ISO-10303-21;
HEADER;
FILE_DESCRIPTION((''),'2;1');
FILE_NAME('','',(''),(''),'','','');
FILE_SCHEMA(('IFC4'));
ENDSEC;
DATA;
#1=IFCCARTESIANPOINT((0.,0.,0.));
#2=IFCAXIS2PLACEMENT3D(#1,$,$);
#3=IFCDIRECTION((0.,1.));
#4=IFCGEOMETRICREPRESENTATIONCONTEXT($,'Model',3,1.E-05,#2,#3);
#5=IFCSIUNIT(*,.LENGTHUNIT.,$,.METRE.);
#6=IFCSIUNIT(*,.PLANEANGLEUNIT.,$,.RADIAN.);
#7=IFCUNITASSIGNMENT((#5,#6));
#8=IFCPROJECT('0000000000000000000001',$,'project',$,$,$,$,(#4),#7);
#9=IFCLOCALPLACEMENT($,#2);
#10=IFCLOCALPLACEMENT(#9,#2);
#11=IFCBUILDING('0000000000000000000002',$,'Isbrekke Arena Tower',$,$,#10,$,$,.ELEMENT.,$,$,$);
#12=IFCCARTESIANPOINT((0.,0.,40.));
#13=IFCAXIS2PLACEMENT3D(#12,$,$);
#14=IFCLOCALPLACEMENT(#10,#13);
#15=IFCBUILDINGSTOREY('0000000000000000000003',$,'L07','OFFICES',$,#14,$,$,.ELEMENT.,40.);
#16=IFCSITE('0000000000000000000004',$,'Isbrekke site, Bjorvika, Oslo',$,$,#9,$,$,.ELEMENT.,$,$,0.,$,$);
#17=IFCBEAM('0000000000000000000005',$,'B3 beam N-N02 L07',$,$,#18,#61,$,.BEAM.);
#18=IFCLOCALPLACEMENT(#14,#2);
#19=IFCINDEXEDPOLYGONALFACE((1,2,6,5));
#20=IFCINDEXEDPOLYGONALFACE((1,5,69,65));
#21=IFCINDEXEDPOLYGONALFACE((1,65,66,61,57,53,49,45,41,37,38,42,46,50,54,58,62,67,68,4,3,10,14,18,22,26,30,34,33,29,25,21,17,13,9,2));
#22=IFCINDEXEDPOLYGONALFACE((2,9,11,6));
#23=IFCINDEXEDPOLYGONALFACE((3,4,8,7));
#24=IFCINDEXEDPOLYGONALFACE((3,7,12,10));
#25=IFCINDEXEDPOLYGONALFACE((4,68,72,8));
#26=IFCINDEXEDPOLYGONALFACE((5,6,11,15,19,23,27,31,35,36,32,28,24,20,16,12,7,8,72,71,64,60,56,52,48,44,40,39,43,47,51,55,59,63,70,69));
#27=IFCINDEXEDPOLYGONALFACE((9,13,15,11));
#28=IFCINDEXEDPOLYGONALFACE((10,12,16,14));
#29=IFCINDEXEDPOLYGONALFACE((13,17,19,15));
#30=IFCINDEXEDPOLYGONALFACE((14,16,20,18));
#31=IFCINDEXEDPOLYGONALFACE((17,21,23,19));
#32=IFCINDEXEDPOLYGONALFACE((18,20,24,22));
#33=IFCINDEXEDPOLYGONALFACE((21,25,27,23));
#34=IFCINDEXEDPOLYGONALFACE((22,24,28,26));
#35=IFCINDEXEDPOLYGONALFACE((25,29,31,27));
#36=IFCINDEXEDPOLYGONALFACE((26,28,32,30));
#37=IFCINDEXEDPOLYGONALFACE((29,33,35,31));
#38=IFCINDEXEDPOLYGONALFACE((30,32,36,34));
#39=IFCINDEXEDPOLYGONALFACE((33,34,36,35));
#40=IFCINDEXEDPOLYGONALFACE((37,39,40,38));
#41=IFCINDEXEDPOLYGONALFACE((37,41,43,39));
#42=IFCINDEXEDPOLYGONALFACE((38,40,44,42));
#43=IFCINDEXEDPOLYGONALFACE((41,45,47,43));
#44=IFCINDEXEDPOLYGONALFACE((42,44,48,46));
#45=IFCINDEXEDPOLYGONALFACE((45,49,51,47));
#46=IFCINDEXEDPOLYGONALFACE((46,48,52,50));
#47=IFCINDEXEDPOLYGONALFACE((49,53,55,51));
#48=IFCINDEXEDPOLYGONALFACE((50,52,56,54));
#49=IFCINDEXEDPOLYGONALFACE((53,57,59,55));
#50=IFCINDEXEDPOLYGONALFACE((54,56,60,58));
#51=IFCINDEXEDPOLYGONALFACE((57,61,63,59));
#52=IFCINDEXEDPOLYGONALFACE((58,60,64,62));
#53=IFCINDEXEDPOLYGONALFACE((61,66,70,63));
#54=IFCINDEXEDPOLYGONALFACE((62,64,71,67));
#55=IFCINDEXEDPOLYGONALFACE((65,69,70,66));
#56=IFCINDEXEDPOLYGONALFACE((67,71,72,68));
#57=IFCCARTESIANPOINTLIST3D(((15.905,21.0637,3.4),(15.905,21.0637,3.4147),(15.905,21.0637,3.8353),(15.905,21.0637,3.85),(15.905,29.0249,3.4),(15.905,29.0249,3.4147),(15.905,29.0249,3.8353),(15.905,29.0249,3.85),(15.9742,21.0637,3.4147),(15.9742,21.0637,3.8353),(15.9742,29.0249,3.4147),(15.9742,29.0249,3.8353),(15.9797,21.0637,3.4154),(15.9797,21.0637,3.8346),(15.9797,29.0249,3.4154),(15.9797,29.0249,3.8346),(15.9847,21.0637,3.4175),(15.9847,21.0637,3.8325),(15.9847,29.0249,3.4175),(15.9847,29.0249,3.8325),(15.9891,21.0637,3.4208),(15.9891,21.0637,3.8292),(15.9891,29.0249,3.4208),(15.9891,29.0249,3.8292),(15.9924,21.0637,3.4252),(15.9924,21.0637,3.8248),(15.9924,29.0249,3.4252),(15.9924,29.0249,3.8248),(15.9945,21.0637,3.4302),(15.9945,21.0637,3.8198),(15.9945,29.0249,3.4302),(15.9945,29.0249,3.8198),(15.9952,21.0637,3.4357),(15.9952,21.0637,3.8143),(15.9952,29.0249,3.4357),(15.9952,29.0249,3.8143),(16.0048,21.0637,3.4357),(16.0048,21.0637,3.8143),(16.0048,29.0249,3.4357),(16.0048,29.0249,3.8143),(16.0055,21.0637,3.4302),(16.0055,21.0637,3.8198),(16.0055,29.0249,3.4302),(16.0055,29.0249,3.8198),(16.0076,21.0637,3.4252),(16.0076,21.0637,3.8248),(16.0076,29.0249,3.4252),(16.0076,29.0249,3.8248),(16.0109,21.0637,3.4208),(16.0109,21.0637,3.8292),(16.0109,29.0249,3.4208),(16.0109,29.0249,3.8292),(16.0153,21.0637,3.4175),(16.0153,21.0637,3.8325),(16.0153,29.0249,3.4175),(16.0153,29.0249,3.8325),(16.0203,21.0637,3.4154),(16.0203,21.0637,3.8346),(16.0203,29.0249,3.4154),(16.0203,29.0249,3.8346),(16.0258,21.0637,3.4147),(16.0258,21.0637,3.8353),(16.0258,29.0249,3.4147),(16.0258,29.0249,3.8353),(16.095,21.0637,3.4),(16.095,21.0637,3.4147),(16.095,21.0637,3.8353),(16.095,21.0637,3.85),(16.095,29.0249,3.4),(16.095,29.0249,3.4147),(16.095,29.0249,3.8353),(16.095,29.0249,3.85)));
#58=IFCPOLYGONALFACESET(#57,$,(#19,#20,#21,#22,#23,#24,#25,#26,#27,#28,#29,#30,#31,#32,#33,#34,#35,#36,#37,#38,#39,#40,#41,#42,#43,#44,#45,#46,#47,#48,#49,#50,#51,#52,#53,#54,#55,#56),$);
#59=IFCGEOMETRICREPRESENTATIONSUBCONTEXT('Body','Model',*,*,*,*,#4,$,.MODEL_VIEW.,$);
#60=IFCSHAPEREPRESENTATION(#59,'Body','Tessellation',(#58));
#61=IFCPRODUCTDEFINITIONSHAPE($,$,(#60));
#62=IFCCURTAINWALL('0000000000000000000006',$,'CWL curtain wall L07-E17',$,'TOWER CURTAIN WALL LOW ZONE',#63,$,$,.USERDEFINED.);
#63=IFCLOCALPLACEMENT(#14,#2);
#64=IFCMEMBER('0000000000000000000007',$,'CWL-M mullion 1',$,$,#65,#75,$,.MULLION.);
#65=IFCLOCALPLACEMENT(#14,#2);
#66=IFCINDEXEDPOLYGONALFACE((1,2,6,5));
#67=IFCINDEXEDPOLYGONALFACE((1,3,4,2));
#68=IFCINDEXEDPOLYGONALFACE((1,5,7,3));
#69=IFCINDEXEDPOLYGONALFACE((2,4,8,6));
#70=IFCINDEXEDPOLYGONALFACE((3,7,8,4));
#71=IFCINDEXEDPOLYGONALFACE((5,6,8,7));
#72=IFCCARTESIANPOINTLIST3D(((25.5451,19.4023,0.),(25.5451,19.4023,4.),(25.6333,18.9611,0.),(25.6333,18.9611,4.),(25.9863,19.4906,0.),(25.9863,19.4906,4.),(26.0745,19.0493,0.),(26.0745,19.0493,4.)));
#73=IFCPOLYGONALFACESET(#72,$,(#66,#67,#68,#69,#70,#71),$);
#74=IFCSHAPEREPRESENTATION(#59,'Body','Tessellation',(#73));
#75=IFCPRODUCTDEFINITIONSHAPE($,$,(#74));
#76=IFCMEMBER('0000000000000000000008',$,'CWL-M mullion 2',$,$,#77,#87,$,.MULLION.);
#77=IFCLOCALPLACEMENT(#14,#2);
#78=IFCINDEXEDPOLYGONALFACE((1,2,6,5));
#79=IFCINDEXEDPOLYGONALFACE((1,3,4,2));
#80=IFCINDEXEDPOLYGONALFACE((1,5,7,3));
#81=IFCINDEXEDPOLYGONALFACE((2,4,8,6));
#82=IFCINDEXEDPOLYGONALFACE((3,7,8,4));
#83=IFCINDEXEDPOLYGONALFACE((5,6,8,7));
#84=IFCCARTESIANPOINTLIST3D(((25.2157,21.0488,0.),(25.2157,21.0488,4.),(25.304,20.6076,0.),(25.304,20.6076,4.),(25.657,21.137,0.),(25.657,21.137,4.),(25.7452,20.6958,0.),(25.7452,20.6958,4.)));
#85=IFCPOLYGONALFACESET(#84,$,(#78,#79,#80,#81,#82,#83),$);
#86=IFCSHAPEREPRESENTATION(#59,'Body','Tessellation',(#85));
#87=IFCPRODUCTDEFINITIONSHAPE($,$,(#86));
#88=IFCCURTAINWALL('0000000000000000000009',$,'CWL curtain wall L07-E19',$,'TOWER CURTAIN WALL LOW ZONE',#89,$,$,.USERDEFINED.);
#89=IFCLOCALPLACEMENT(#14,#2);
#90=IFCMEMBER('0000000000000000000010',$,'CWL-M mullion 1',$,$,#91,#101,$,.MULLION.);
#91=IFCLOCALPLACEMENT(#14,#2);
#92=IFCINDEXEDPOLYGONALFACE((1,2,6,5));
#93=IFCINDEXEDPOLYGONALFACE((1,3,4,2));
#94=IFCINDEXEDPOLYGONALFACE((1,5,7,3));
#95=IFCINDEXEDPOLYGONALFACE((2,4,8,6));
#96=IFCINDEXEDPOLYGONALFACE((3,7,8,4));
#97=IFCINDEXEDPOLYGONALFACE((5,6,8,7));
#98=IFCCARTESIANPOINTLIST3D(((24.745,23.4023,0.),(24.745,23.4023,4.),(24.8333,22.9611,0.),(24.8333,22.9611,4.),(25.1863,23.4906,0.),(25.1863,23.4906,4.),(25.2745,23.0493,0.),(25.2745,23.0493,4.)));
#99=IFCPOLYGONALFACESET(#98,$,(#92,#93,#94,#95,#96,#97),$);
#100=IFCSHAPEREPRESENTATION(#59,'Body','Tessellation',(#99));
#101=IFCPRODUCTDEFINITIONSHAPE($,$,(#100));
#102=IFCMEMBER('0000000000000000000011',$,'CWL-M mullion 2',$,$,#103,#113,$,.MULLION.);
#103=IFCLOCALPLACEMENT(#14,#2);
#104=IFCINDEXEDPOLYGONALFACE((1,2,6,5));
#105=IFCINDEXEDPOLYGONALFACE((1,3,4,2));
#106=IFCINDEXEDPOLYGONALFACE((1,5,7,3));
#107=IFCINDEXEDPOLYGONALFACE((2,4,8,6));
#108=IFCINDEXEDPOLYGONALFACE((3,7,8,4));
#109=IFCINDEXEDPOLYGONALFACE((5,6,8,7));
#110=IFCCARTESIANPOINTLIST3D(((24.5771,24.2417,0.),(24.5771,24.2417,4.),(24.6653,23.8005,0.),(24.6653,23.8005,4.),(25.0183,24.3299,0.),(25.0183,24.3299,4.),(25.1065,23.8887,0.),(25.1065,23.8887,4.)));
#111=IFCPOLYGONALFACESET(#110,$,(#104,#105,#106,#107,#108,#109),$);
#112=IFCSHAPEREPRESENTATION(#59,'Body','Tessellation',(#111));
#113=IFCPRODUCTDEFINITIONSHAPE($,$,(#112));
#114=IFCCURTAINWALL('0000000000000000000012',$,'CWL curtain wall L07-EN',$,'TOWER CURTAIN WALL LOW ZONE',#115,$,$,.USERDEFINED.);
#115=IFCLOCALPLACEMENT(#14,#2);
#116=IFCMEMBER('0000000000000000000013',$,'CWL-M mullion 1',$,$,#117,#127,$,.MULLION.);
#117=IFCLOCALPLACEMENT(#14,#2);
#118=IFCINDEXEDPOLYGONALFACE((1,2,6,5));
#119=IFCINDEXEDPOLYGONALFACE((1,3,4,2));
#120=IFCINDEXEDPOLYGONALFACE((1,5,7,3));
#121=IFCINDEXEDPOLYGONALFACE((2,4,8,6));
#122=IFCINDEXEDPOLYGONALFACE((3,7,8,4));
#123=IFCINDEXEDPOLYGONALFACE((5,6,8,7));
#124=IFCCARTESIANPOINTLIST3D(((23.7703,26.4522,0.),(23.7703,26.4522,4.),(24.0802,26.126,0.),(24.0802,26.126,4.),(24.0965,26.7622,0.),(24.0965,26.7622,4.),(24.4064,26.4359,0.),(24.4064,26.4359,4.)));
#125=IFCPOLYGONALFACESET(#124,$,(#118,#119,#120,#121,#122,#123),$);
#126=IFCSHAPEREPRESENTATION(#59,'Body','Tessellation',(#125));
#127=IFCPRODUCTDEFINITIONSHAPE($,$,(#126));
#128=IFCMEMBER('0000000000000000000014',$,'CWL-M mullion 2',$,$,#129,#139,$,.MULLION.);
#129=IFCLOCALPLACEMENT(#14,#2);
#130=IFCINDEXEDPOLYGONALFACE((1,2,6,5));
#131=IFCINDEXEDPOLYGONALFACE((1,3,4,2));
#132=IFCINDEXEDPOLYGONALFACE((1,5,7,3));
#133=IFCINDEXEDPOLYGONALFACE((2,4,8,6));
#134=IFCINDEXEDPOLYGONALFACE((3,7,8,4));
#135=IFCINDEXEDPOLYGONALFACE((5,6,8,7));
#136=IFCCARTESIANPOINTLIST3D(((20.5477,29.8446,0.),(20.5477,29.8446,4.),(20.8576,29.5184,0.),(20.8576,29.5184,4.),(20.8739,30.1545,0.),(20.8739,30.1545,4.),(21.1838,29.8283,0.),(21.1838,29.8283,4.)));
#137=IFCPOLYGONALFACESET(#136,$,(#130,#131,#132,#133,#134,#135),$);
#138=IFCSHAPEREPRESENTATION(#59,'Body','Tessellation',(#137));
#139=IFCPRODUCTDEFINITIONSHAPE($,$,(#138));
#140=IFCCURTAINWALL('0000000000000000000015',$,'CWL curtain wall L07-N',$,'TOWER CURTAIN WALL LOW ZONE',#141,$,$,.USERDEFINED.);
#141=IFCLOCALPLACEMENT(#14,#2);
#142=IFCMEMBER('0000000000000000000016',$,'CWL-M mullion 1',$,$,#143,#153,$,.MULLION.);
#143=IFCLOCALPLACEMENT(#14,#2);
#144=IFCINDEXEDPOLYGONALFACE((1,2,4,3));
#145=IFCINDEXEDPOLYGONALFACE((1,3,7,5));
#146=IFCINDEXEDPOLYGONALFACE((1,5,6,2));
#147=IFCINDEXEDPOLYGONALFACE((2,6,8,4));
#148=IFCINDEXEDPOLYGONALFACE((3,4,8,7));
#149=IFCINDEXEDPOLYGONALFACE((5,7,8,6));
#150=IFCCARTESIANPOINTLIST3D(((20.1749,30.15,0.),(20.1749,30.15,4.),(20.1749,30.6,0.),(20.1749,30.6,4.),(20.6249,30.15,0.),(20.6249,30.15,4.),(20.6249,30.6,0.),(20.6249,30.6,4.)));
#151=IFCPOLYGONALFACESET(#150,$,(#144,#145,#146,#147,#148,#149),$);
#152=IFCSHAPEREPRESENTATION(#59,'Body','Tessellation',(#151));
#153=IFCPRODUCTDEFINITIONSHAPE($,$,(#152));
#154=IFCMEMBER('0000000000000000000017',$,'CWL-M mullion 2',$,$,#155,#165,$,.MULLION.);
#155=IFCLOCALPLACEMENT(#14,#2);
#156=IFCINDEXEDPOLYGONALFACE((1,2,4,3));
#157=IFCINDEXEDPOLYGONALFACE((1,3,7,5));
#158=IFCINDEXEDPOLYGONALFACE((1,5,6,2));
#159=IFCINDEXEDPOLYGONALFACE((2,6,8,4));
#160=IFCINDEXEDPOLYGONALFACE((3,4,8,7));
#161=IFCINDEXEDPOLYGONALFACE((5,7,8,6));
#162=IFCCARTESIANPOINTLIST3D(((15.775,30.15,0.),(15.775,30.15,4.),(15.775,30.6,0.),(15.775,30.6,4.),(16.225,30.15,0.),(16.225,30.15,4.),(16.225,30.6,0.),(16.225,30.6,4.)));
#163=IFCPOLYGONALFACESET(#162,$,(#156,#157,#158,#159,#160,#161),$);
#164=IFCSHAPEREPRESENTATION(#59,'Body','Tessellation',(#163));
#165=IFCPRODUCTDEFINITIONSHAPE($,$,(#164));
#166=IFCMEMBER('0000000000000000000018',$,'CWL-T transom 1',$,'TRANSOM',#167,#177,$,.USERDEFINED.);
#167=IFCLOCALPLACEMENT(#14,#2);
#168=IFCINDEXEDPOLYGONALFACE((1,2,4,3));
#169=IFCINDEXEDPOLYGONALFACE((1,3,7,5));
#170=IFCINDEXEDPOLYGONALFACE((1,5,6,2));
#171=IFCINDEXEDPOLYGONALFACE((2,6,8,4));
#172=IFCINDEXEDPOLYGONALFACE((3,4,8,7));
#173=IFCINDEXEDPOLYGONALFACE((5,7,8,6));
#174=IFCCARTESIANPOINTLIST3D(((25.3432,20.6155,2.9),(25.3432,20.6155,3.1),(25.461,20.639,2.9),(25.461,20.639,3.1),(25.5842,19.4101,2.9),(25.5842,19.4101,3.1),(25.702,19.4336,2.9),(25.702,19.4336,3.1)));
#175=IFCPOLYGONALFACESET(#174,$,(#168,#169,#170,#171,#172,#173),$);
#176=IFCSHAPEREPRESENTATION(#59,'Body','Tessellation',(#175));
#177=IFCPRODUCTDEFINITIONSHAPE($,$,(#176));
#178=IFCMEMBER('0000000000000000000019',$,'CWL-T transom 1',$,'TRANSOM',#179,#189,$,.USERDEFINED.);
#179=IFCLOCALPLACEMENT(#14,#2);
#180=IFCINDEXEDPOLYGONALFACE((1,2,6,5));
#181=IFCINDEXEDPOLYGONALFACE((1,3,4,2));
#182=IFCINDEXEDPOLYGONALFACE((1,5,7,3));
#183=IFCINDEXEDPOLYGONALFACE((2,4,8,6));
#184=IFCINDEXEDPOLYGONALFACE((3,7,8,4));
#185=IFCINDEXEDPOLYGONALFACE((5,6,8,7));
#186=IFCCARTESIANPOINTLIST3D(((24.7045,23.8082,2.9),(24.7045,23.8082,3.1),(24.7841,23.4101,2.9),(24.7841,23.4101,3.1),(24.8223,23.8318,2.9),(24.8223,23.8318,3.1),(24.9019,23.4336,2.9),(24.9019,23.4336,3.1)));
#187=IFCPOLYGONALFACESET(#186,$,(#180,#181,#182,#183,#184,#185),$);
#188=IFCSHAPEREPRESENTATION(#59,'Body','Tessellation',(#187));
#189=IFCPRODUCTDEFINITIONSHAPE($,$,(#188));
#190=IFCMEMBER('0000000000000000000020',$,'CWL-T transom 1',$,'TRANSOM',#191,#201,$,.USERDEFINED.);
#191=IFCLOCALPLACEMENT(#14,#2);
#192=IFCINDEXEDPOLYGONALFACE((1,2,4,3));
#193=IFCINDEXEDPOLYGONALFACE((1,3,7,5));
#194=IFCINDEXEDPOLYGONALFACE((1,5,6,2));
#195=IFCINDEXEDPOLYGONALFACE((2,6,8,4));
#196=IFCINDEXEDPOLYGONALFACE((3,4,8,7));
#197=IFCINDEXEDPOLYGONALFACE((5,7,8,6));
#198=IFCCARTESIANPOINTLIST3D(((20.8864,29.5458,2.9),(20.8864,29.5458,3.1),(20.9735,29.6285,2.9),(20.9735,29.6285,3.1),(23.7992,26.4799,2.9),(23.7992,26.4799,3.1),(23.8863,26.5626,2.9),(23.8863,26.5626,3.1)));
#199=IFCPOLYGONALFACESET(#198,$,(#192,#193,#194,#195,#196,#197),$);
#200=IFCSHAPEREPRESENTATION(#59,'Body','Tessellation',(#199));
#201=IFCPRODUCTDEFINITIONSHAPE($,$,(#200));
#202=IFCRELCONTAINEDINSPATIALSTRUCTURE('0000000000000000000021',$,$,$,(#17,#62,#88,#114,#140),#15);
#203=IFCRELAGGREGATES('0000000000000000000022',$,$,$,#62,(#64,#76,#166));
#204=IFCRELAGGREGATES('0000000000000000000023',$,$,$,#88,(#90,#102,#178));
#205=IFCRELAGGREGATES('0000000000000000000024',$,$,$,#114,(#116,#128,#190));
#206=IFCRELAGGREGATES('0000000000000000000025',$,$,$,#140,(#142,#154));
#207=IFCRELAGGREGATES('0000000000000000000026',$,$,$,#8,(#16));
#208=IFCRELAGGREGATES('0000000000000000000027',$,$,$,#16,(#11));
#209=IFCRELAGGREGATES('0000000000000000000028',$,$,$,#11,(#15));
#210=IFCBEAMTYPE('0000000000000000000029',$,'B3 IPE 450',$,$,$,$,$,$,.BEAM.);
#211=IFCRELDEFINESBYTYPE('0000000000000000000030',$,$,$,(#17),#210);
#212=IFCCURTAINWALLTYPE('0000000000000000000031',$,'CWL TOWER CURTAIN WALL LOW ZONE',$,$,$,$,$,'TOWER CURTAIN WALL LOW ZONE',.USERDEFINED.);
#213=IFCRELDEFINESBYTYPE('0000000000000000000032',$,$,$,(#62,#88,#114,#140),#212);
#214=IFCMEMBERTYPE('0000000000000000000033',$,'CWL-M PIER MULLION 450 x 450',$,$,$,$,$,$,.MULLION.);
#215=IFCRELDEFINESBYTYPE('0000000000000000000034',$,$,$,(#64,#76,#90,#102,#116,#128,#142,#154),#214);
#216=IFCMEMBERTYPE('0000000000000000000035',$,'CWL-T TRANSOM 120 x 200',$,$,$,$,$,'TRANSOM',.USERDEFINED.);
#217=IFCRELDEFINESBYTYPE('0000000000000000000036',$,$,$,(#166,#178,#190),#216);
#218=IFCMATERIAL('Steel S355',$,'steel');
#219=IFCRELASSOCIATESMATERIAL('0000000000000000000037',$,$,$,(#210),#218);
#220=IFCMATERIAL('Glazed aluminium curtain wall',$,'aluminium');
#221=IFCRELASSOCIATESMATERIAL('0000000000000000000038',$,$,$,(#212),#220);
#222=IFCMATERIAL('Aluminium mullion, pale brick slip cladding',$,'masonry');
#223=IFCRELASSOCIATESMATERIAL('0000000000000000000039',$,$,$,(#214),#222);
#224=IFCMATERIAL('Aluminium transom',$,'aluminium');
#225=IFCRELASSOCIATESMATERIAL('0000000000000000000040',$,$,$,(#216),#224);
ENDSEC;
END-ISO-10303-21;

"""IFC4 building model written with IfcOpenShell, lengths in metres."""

from ifc_helpers import new_model, si_unit, direction, frame, origin, origin_2d, place, context, subcontext, project, spatial, rectangle, i_section, extrude, material, material_profile, profile_set, type_object, element, aggregate, save


model = new_model("IFC4")

# Units and contexts
model_context = context("Model", 3, precision=1e-05, world=origin(), true_north=direction((0.0, 1.0)))
body_context = subcontext(model_context, "Body", "Model", "MODEL_VIEW")
ifc_project = project(units=[si_unit("LENGTHUNIT", "METRE"), si_unit("PLANEANGLEUNIT", "RADIAN")], contexts=[model_context])

# Site, building, storey
site_placement = place(None, origin())
site = spatial("IfcSite", under=ifc_project, at=site_placement, Name="Isbrekke site, Bjorvika, Oslo", CompositionType="ELEMENT", RefElevation=0.0)
building_placement = place(site_placement, origin())
building = spatial("IfcBuilding", under=site, at=building_placement, Name="Isbrekke Arena Tower", CompositionType="ELEMENT")
storey_placement = place(building_placement, frame((0.0, 0.0, 40.0)))
storey = spatial("IfcBuildingStorey", under=building, at=storey_placement, Name="L07", Description="OFFICES", CompositionType="ELEMENT", Elevation=40.0)

# Beam
ifc_material_1 = material(Name="Steel S355", Category="steel")
ifc_material_profile_1 = material_profile(ifc_material_1, i_section(OverallWidth=0.1899, OverallDepth=0.45, WebThickness=0.0095, FlangeThickness=0.0146, FilletRadius=0.021, at=origin_2d()), Name="IPE 450")
ifc_profile_set_1 = profile_set([ifc_material_profile_1], Name="Steel S355")
beam_type_1 = type_object("IfcBeamType", Name="B3 IPE 450", PredefinedType="BEAM", material=ifc_profile_set_1)
beam_1_placement = place(storey_placement, frame((16.0, 29.0249, 3.625), z_axis=(0.0, -1.0, 0.0), x_axis=(1.0, 0.0, 0.0)))
element("IfcBeam", 1, at=beam_1_placement, inside=storey, type_object=beam_type_1, Name="B3 beam N-N02 L07", PredefinedType="BEAM", context=body_context, shape_type="SweptSolid", body=[
    extrude(i_section(OverallWidth=0.1899, OverallDepth=0.45, WebThickness=0.0095, FlangeThickness=0.0146, FilletRadius=0.021, at=origin_2d()), origin(), (0.0, 0.0, 1.0), 7.9612),
])

# Curtain walls, members
ifc_material_2 = material(Name="Glazed aluminium curtain wall", Category="aluminium")
curtain_wall_type = type_object("IfcCurtainWallType", Name="CWL TOWER CURTAIN WALL LOW ZONE", ElementType="TOWER CURTAIN WALL LOW ZONE", PredefinedType="USERDEFINED", material=ifc_material_2)
curtain_wall_1_placement = place(storey_placement, origin())
curtain_wall_1 = element("IfcCurtainWall", 2, at=curtain_wall_1_placement, inside=storey, type_object=curtain_wall_type, Name="CWL curtain wall L07-E17", ObjectType="TOWER CURTAIN WALL LOW ZONE", PredefinedType="USERDEFINED")
ifc_material_3 = material(Name="Aluminium mullion, pale brick slip cladding", Category="masonry")
ifc_material_profile_2 = material_profile(ifc_material_3, rectangle(XDim=0.45, YDim=0.45, at=origin_2d()), Name="PIER 450X450")
ifc_profile_set_2 = profile_set([ifc_material_profile_2], Name="Aluminium mullion, pale brick slip cladding")
member_type_1 = type_object("IfcMemberType", Name="CWL-M PIER MULLION 450 x 450", PredefinedType="MULLION", material=ifc_profile_set_2)
member_1_placement = place(storey_placement, frame((25.8098, 19.2258, 0.0), z_axis=(0.0, 0.0, 1.0), x_axis=(-0.196116, 0.980581, 0.0)))
member_1 = element("IfcMember", 3, at=member_1_placement, type_object=member_type_1, Name="CWL-M mullion 1", PredefinedType="MULLION", context=body_context, shape_type="SweptSolid", body=[
    extrude(rectangle(XDim=0.45, YDim=0.45, at=origin_2d()), origin(), (0.0, 0.0, 1.0), 4.0),
])
member_2_placement = place(storey_placement, frame((25.4805, 20.8723, 0.0), z_axis=(0.0, 0.0, 1.0), x_axis=(-0.196116, 0.980581, 0.0)))
member_2 = element("IfcMember", 4, at=member_2_placement, type_object=member_type_1, Name="CWL-M mullion 2", PredefinedType="MULLION", context=body_context, shape_type="SweptSolid", body=[
    extrude(rectangle(XDim=0.45, YDim=0.45, at=origin_2d()), origin(), (0.0, 0.0, 1.0), 4.0),
])
curtain_wall_2_placement = place(storey_placement, origin())
curtain_wall_2 = element("IfcCurtainWall", 5, at=curtain_wall_2_placement, inside=storey, type_object=curtain_wall_type, Name="CWL curtain wall L07-E19", ObjectType="TOWER CURTAIN WALL LOW ZONE", PredefinedType="USERDEFINED")
member_3_placement = place(storey_placement, frame((25.0098, 23.2258, 0.0), z_axis=(0.0, 0.0, 1.0), x_axis=(-0.196116, 0.980581, 0.0)))
member_3 = element("IfcMember", 6, at=member_3_placement, type_object=member_type_1, Name="CWL-M mullion 1", PredefinedType="MULLION", context=body_context, shape_type="SweptSolid", body=[
    extrude(rectangle(XDim=0.45, YDim=0.45, at=origin_2d()), origin(), (0.0, 0.0, 1.0), 4.0),
])
member_4_placement = place(storey_placement, frame((24.8418, 24.0652, 0.0), z_axis=(0.0, 0.0, 1.0), x_axis=(-0.196116, 0.980581, 0.0)))
member_4 = element("IfcMember", 7, at=member_4_placement, type_object=member_type_1, Name="CWL-M mullion 2", PredefinedType="MULLION", context=body_context, shape_type="SweptSolid", body=[
    extrude(rectangle(XDim=0.45, YDim=0.45, at=origin_2d()), origin(), (0.0, 0.0, 1.0), 4.0),
])
curtain_wall_3_placement = place(storey_placement, origin())
curtain_wall_3 = element("IfcCurtainWall", 8, at=curtain_wall_3_placement, inside=storey, type_object=curtain_wall_type, Name="CWL curtain wall L07-EN", ObjectType="TOWER CURTAIN WALL LOW ZONE", PredefinedType="USERDEFINED")
member_5_placement = place(storey_placement, frame((24.0884, 26.4441, 0.0), z_axis=(0.0, 0.0, 1.0), x_axis=(-0.688749, 0.724999, 0.0)))
member_5 = element("IfcMember", 9, at=member_5_placement, type_object=member_type_1, Name="CWL-M mullion 1", PredefinedType="MULLION", context=body_context, shape_type="SweptSolid", body=[
    extrude(rectangle(XDim=0.45, YDim=0.45, at=origin_2d()), origin(), (0.0, 0.0, 1.0), 4.0),
])
member_6_placement = place(storey_placement, frame((20.8657, 29.8364, 0.0), z_axis=(0.0, 0.0, 1.0), x_axis=(-0.688749, 0.724999, 0.0)))
member_6 = element("IfcMember", 10, at=member_6_placement, type_object=member_type_1, Name="CWL-M mullion 2", PredefinedType="MULLION", context=body_context, shape_type="SweptSolid", body=[
    extrude(rectangle(XDim=0.45, YDim=0.45, at=origin_2d()), origin(), (0.0, 0.0, 1.0), 4.0),
])
curtain_wall_4_placement = place(storey_placement, origin())
curtain_wall_4 = element("IfcCurtainWall", 11, at=curtain_wall_4_placement, inside=storey, type_object=curtain_wall_type, Name="CWL curtain wall L07-N", ObjectType="TOWER CURTAIN WALL LOW ZONE", PredefinedType="USERDEFINED")
member_7_placement = place(storey_placement, frame((20.3999, 30.375, 0.0), z_axis=(0.0, 0.0, 1.0), x_axis=(-1.0, 0.0, 0.0)))
member_7 = element("IfcMember", 12, at=member_7_placement, type_object=member_type_1, Name="CWL-M mullion 1", PredefinedType="MULLION", context=body_context, shape_type="SweptSolid", body=[
    extrude(rectangle(XDim=0.45, YDim=0.45, at=origin_2d()), origin(), (0.0, 0.0, 1.0), 4.0),
])
member_8_placement = place(storey_placement, frame((16.0, 30.375, 0.0), z_axis=(0.0, 0.0, 1.0), x_axis=(-1.0, 0.0, 0.0)))
member_8 = element("IfcMember", 13, at=member_8_placement, type_object=member_type_1, Name="CWL-M mullion 2", PredefinedType="MULLION", context=body_context, shape_type="SweptSolid", body=[
    extrude(rectangle(XDim=0.45, YDim=0.45, at=origin_2d()), origin(), (0.0, 0.0, 1.0), 4.0),
])

# Members
ifc_material_4 = material(Name="Aluminium transom", Category="aluminium")
ifc_material_profile_3 = material_profile(ifc_material_4, rectangle(XDim=0.1201, YDim=0.2, at=origin_2d()), Name="TRANSOM 120X200")
ifc_profile_set_3 = profile_set([ifc_material_profile_3], Name="Aluminium transom")
member_type_2 = type_object("IfcMemberType", Name="CWL-T TRANSOM 120 x 200", ElementType="TRANSOM", PredefinedType="USERDEFINED", material=ifc_profile_set_3)
member_9_placement = place(storey_placement, frame((25.6431, 19.4219, 3.0), z_axis=(-0.19604, 0.980596, 0.0), x_axis=(-0.980596, -0.19604, 0.0)))
member_9 = element("IfcMember", 14, at=member_9_placement, type_object=member_type_2, Name="CWL-T transom 1", ObjectType="TRANSOM", PredefinedType="USERDEFINED", context=body_context, shape_type="SweptSolid", body=[
    extrude(rectangle(XDim=0.1201, YDim=0.2, at=origin_2d()), origin(), (0.0, 0.0, 1.0), 1.2292),
])
member_10_placement = place(storey_placement, frame((24.843, 23.4219, 3.0), z_axis=(-0.196001, 0.980604, 0.0), x_axis=(-0.980604, -0.196001, 0.0)))
member_10 = element("IfcMember", 15, at=member_10_placement, type_object=member_type_2, Name="CWL-T transom 1", ObjectType="TRANSOM", PredefinedType="USERDEFINED", context=body_context, shape_type="SweptSolid", body=[
    extrude(rectangle(XDim=0.1201, YDim=0.2, at=origin_2d()), origin(), (0.0, 0.0, 1.0), 0.406),
])
member_11_placement = place(storey_placement, frame((23.8428, 26.5212, 3.0), z_axis=(-0.688777, 0.724973, 0.0), x_axis=(-0.724973, -0.688777, 0.0)))
member_11 = element("IfcMember", 16, at=member_11_placement, type_object=member_type_2, Name="CWL-T transom 1", ObjectType="TRANSOM", PredefinedType="USERDEFINED", context=body_context, shape_type="SweptSolid", body=[
    extrude(rectangle(XDim=0.1201, YDim=0.2, at=origin_2d()), origin(), (0.0, 0.0, 1.0), 4.229),
])

aggregate(curtain_wall_1, [member_1, member_2, member_9])
aggregate(curtain_wall_2, [member_3, member_4, member_10])
aggregate(curtain_wall_3, [member_5, member_6, member_11])
aggregate(curtain_wall_4, [member_7, member_8])

save(model, "model.ifc")
